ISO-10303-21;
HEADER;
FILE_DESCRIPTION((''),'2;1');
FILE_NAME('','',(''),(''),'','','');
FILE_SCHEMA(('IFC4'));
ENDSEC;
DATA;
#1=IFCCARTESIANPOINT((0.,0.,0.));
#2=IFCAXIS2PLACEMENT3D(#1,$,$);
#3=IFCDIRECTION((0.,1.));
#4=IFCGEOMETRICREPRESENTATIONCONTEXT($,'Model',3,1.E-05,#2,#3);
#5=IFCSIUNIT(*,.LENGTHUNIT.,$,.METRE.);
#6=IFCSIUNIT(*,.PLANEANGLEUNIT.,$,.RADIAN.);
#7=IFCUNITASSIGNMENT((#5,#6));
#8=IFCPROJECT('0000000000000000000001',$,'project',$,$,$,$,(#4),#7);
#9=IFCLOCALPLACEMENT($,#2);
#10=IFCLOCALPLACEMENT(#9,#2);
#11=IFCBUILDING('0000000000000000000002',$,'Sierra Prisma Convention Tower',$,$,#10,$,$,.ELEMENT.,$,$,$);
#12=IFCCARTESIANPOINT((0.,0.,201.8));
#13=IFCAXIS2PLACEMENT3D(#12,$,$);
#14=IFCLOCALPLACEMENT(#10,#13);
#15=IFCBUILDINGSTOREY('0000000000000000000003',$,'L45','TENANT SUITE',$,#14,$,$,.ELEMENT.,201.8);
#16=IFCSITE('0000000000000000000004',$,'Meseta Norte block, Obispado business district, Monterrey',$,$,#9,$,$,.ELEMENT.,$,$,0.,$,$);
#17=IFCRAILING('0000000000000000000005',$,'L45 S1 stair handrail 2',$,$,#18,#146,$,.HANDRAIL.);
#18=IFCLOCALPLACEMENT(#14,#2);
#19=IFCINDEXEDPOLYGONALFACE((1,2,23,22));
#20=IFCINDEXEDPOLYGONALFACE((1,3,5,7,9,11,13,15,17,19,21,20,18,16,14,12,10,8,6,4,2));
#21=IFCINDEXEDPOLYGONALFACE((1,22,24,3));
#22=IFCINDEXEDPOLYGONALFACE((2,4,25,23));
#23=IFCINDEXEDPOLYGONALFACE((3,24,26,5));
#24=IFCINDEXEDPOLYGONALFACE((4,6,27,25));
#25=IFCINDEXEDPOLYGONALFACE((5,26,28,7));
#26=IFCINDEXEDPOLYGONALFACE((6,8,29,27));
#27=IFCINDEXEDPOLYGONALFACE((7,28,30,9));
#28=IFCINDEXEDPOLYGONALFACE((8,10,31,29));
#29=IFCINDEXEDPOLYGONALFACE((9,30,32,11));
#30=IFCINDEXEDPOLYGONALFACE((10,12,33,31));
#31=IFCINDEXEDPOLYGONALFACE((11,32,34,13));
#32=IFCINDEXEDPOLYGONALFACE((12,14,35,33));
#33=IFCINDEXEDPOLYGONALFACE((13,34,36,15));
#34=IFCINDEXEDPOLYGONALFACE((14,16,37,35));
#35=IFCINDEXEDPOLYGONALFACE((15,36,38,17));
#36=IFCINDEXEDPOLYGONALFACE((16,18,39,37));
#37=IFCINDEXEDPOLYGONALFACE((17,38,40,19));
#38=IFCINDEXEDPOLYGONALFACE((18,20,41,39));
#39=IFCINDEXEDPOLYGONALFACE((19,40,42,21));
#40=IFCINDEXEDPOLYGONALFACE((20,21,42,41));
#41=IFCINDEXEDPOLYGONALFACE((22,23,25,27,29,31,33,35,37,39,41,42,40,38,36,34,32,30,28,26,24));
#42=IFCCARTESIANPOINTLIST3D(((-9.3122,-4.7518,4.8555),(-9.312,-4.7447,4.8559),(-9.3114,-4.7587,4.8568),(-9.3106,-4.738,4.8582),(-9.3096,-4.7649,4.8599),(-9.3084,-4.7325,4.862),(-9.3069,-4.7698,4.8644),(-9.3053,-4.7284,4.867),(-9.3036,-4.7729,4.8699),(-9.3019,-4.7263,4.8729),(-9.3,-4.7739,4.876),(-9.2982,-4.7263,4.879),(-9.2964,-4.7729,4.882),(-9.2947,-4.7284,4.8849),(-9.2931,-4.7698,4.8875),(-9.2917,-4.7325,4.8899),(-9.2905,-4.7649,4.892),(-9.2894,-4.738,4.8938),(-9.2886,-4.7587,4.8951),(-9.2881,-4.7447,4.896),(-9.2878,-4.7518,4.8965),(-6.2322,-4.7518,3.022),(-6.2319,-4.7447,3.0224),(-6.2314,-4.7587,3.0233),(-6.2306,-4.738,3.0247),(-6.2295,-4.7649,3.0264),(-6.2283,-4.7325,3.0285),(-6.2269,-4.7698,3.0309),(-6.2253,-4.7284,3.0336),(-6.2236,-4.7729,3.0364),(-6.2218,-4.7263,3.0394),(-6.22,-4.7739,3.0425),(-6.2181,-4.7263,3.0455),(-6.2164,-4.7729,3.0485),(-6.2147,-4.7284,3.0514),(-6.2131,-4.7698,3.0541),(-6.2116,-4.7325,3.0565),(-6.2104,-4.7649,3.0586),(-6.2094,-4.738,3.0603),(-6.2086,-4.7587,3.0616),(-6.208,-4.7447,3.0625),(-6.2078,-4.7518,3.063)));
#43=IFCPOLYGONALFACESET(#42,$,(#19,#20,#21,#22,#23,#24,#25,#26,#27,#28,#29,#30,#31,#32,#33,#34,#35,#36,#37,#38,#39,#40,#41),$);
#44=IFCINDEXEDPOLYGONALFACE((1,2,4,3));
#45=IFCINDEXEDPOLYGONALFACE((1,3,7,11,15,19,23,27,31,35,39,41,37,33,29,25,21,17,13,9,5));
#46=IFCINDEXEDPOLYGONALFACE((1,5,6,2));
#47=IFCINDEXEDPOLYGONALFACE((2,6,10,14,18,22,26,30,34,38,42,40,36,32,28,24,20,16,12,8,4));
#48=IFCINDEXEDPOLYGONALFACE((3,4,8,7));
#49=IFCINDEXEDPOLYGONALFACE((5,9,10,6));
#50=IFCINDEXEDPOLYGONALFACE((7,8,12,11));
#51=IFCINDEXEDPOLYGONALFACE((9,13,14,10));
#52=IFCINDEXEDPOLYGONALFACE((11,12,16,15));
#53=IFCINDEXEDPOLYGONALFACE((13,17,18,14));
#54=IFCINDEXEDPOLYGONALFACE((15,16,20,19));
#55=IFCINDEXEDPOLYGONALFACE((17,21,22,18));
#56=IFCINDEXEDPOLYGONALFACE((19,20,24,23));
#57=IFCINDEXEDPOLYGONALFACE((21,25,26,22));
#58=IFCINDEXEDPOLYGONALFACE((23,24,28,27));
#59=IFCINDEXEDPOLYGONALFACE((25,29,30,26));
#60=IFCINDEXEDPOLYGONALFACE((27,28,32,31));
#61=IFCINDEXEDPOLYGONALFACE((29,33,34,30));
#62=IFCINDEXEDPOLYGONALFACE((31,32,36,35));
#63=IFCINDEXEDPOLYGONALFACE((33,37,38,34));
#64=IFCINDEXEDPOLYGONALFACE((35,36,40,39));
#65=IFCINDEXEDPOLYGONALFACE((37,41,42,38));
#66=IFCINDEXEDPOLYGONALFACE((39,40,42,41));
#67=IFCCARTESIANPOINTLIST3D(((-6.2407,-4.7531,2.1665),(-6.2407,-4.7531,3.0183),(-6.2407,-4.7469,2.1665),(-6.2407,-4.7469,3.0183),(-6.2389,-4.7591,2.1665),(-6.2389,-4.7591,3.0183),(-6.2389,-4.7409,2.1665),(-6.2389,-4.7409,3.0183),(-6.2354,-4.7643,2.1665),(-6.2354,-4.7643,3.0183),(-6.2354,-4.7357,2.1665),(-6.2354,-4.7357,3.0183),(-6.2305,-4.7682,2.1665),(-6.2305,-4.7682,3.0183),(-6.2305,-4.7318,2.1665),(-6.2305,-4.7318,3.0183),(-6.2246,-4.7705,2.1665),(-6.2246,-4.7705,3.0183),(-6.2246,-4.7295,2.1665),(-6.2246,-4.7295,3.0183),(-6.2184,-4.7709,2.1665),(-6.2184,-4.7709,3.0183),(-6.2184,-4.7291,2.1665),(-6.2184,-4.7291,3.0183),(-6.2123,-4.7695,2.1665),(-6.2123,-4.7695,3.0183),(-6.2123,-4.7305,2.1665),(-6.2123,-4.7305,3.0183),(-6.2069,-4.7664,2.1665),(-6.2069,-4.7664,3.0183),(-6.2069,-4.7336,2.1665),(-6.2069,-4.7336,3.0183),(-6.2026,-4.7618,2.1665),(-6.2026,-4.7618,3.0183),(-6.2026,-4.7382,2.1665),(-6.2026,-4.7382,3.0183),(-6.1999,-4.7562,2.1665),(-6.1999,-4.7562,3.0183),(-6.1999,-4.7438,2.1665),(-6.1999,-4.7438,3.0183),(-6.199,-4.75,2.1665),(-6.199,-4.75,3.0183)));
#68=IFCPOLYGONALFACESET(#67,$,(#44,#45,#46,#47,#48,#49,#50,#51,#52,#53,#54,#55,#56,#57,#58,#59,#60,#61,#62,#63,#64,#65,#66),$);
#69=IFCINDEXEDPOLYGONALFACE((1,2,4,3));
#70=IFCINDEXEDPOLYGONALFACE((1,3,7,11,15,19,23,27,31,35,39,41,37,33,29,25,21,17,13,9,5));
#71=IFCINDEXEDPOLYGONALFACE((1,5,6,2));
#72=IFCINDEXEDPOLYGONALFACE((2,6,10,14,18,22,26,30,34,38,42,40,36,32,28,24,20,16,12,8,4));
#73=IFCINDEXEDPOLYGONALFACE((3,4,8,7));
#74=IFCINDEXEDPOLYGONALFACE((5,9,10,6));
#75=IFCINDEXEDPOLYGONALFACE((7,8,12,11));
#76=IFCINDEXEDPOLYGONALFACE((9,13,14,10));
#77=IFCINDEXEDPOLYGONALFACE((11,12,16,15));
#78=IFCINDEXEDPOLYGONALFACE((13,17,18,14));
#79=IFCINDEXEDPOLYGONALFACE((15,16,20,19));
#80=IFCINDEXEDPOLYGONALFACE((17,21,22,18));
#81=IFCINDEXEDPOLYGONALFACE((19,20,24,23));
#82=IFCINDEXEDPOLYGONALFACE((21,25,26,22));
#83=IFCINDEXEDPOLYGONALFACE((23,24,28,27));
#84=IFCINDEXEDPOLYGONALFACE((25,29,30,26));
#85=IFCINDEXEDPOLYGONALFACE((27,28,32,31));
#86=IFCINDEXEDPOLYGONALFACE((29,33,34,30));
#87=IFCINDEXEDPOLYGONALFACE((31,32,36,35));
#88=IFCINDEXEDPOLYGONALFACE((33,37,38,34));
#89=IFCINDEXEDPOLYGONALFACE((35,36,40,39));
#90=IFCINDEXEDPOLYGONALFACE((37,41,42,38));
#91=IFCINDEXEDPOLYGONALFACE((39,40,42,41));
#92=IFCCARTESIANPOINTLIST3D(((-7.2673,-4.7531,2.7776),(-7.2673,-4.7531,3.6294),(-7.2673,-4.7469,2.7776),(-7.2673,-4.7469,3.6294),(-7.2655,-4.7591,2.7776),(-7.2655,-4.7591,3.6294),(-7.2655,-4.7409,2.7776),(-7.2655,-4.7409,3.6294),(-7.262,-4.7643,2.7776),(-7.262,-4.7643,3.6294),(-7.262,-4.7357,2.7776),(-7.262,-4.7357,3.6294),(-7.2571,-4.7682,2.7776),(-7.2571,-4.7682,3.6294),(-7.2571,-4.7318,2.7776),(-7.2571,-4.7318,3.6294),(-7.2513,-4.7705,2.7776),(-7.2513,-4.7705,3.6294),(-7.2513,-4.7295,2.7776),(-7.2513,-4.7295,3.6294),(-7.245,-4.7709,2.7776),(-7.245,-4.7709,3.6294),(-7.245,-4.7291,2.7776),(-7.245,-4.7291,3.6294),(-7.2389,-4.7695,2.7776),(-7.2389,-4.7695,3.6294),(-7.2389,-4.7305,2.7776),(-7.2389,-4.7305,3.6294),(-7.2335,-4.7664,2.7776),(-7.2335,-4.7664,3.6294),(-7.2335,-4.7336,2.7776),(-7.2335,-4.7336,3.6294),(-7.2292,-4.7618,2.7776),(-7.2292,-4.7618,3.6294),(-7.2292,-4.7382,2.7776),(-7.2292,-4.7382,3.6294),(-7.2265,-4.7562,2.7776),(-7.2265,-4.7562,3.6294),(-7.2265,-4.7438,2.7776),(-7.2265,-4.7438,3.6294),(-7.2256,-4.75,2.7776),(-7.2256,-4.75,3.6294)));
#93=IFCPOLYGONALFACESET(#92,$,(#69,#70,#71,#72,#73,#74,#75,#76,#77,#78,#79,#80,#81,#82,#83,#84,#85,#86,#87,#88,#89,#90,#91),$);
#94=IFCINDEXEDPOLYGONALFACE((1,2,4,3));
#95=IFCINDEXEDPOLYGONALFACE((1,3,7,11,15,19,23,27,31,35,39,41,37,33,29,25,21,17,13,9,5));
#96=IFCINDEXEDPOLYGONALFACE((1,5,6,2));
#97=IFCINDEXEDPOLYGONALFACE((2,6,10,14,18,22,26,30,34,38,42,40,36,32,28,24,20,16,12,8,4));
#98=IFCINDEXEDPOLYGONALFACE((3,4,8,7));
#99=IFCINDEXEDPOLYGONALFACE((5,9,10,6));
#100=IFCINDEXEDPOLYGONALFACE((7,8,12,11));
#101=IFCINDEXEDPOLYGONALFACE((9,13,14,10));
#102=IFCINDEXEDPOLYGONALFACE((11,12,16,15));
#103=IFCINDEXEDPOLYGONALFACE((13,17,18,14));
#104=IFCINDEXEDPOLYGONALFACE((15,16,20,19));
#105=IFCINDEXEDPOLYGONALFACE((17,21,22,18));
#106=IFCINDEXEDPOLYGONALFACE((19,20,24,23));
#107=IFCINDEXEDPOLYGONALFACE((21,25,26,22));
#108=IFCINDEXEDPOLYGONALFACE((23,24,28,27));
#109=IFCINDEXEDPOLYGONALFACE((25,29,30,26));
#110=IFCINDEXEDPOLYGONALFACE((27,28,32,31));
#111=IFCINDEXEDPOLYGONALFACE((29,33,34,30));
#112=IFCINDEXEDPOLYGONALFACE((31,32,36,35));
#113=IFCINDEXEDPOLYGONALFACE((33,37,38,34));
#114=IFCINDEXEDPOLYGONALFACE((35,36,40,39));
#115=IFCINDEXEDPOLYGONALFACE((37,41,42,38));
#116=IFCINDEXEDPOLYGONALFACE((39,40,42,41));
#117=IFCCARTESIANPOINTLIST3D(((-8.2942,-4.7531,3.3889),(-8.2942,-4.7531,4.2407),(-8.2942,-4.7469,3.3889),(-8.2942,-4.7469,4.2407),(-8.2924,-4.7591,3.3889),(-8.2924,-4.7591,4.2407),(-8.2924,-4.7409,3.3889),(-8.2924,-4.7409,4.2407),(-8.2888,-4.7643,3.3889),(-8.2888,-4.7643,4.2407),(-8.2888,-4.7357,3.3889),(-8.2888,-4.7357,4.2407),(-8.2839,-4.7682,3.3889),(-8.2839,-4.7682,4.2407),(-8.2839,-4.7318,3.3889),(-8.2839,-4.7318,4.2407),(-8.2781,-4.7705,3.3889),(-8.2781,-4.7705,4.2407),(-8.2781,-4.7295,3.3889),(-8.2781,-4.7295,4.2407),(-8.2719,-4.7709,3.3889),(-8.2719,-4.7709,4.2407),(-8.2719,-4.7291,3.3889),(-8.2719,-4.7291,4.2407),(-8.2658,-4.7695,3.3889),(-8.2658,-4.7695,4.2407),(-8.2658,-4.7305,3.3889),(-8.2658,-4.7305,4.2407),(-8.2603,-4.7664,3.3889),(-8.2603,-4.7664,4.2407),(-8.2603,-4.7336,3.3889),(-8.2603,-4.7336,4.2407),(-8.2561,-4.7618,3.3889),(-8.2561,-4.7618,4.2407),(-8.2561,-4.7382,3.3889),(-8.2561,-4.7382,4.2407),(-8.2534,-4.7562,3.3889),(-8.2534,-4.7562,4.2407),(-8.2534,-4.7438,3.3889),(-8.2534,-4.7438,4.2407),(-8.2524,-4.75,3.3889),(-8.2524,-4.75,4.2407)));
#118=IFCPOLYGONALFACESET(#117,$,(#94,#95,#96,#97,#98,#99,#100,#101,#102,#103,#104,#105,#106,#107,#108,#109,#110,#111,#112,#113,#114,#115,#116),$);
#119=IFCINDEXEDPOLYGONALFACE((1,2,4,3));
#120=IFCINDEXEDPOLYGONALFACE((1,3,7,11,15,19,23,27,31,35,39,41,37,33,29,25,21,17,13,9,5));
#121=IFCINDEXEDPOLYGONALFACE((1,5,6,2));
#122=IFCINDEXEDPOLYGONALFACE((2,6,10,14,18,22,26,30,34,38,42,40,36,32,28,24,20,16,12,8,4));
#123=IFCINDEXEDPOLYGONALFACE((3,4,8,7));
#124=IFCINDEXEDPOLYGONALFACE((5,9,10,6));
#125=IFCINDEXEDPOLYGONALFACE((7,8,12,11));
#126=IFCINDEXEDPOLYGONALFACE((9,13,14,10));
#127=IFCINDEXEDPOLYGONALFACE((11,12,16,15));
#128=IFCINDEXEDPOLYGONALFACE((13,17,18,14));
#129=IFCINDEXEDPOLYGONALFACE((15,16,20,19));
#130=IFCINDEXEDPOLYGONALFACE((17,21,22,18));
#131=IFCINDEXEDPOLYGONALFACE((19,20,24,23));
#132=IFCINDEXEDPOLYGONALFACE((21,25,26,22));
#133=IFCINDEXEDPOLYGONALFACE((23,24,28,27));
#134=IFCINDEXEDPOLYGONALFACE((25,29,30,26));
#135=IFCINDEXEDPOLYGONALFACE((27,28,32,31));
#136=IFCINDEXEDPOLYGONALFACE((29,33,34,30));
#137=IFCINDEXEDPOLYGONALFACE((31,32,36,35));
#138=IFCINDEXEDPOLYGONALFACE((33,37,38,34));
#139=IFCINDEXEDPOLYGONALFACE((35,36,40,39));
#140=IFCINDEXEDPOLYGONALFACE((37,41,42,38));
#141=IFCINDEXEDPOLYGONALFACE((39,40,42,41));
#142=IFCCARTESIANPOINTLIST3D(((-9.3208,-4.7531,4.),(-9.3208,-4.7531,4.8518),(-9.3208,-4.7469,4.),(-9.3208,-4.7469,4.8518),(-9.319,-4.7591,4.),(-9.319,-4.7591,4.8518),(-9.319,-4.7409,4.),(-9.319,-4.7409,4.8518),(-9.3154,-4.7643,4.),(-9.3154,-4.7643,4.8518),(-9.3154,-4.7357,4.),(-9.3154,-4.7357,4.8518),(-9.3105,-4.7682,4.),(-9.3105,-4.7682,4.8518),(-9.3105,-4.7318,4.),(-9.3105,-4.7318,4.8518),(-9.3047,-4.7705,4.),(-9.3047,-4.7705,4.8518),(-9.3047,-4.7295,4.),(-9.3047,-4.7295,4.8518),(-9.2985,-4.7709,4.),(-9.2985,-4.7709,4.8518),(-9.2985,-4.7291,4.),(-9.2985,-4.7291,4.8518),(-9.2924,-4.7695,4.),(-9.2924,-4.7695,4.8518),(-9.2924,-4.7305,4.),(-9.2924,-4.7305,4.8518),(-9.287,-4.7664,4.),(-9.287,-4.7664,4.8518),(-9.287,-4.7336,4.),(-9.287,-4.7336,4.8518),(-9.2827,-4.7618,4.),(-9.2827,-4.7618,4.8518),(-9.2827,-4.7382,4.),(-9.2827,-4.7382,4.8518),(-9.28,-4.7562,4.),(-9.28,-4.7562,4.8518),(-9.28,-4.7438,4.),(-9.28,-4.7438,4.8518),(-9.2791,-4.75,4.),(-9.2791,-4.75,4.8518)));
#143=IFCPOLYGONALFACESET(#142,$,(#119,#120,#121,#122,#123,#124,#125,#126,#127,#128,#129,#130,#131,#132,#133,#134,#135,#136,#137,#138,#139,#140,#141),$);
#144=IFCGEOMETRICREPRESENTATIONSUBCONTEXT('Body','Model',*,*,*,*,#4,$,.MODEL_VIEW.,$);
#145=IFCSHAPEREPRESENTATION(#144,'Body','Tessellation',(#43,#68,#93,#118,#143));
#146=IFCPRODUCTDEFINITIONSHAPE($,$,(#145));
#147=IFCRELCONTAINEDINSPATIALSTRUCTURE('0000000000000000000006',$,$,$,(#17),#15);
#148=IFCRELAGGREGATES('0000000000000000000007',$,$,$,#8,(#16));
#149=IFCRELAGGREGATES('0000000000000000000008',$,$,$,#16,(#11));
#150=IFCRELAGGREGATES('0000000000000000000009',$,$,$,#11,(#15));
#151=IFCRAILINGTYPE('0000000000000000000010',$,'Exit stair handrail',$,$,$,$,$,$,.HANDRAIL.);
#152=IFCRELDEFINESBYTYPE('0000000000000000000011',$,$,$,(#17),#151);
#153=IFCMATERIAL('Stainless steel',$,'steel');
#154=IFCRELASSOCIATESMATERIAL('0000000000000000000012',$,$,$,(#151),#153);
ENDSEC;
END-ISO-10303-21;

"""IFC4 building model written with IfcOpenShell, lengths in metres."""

from ifc_helpers import new_model, si_unit, direction, frame, origin, origin_2d, place, context, subcontext, project, spatial, circle, extrude, material, type_object, element, save


model = new_model("IFC4")

# Units and contexts
model_context = context("Model", 3, precision=1e-05, world=origin(), true_north=direction((0.0, 1.0)))
body_context = subcontext(model_context, "Body", "Model", "MODEL_VIEW")
ifc_project = project(units=[si_unit("LENGTHUNIT", "METRE"), si_unit("PLANEANGLEUNIT", "RADIAN")], contexts=[model_context])

# Site, building, storey
site_placement = place(None, origin())
site = spatial("IfcSite", under=ifc_project, at=site_placement, Name="Meseta Norte block, Obispado business district, Monterrey", CompositionType="ELEMENT", RefElevation=0.0)
building_placement = place(site_placement, origin())
building = spatial("IfcBuilding", under=site, at=building_placement, Name="Sierra Prisma Convention Tower", CompositionType="ELEMENT")
storey_placement = place(building_placement, frame((0.0, 0.0, 201.8)))
storey = spatial("IfcBuildingStorey", under=building, at=storey_placement, Name="L45", Description="TENANT SUITE", CompositionType="ELEMENT", Elevation=201.8)

# Railing
ifc_material_1 = material(Name="Stainless steel", Category="steel")
railing_type_1 = type_object("IfcRailingType", Name="Exit stair handrail", PredefinedType="HANDRAIL", material=ifc_material_1)
railing_1_placement = place(storey_placement, frame((-6.22, -4.75, 2.1665)))
element("IfcRailing", 1, at=railing_1_placement, inside=storey, type_object=railing_type_1, Name="L45 S1 stair handrail 2", PredefinedType="HANDRAIL", context=body_context, shape_type="SweptSolid", body=[
    extrude(circle(Radius=0.0239, at=origin_2d()), frame((0.0, 0.0, 0.876), z_axis=(-0.859279, 0.0, 0.511508), x_axis=(0.0, -1.0, 0.0)), (0.0, 0.0, 1.0), 3.5845),
    extrude(circle(Radius=0.021, at=origin_2d()), origin(), (0.0, 0.0, 1.0), 0.8518),
    extrude(circle(Radius=0.021, at=origin_2d()), frame((-1.0266, 0.0, 0.6111)), (0.0, 0.0, 1.0), 0.8518),
    extrude(circle(Radius=0.021, at=origin_2d()), frame((-2.0535, 0.0, 1.2224)), (0.0, 0.0, 1.0), 0.8518),
    extrude(circle(Radius=0.021, at=origin_2d()), frame((-3.0801, 0.0, 1.8335)), (0.0, 0.0, 1.0), 0.8518),
])

save(model, "model.ifc")
